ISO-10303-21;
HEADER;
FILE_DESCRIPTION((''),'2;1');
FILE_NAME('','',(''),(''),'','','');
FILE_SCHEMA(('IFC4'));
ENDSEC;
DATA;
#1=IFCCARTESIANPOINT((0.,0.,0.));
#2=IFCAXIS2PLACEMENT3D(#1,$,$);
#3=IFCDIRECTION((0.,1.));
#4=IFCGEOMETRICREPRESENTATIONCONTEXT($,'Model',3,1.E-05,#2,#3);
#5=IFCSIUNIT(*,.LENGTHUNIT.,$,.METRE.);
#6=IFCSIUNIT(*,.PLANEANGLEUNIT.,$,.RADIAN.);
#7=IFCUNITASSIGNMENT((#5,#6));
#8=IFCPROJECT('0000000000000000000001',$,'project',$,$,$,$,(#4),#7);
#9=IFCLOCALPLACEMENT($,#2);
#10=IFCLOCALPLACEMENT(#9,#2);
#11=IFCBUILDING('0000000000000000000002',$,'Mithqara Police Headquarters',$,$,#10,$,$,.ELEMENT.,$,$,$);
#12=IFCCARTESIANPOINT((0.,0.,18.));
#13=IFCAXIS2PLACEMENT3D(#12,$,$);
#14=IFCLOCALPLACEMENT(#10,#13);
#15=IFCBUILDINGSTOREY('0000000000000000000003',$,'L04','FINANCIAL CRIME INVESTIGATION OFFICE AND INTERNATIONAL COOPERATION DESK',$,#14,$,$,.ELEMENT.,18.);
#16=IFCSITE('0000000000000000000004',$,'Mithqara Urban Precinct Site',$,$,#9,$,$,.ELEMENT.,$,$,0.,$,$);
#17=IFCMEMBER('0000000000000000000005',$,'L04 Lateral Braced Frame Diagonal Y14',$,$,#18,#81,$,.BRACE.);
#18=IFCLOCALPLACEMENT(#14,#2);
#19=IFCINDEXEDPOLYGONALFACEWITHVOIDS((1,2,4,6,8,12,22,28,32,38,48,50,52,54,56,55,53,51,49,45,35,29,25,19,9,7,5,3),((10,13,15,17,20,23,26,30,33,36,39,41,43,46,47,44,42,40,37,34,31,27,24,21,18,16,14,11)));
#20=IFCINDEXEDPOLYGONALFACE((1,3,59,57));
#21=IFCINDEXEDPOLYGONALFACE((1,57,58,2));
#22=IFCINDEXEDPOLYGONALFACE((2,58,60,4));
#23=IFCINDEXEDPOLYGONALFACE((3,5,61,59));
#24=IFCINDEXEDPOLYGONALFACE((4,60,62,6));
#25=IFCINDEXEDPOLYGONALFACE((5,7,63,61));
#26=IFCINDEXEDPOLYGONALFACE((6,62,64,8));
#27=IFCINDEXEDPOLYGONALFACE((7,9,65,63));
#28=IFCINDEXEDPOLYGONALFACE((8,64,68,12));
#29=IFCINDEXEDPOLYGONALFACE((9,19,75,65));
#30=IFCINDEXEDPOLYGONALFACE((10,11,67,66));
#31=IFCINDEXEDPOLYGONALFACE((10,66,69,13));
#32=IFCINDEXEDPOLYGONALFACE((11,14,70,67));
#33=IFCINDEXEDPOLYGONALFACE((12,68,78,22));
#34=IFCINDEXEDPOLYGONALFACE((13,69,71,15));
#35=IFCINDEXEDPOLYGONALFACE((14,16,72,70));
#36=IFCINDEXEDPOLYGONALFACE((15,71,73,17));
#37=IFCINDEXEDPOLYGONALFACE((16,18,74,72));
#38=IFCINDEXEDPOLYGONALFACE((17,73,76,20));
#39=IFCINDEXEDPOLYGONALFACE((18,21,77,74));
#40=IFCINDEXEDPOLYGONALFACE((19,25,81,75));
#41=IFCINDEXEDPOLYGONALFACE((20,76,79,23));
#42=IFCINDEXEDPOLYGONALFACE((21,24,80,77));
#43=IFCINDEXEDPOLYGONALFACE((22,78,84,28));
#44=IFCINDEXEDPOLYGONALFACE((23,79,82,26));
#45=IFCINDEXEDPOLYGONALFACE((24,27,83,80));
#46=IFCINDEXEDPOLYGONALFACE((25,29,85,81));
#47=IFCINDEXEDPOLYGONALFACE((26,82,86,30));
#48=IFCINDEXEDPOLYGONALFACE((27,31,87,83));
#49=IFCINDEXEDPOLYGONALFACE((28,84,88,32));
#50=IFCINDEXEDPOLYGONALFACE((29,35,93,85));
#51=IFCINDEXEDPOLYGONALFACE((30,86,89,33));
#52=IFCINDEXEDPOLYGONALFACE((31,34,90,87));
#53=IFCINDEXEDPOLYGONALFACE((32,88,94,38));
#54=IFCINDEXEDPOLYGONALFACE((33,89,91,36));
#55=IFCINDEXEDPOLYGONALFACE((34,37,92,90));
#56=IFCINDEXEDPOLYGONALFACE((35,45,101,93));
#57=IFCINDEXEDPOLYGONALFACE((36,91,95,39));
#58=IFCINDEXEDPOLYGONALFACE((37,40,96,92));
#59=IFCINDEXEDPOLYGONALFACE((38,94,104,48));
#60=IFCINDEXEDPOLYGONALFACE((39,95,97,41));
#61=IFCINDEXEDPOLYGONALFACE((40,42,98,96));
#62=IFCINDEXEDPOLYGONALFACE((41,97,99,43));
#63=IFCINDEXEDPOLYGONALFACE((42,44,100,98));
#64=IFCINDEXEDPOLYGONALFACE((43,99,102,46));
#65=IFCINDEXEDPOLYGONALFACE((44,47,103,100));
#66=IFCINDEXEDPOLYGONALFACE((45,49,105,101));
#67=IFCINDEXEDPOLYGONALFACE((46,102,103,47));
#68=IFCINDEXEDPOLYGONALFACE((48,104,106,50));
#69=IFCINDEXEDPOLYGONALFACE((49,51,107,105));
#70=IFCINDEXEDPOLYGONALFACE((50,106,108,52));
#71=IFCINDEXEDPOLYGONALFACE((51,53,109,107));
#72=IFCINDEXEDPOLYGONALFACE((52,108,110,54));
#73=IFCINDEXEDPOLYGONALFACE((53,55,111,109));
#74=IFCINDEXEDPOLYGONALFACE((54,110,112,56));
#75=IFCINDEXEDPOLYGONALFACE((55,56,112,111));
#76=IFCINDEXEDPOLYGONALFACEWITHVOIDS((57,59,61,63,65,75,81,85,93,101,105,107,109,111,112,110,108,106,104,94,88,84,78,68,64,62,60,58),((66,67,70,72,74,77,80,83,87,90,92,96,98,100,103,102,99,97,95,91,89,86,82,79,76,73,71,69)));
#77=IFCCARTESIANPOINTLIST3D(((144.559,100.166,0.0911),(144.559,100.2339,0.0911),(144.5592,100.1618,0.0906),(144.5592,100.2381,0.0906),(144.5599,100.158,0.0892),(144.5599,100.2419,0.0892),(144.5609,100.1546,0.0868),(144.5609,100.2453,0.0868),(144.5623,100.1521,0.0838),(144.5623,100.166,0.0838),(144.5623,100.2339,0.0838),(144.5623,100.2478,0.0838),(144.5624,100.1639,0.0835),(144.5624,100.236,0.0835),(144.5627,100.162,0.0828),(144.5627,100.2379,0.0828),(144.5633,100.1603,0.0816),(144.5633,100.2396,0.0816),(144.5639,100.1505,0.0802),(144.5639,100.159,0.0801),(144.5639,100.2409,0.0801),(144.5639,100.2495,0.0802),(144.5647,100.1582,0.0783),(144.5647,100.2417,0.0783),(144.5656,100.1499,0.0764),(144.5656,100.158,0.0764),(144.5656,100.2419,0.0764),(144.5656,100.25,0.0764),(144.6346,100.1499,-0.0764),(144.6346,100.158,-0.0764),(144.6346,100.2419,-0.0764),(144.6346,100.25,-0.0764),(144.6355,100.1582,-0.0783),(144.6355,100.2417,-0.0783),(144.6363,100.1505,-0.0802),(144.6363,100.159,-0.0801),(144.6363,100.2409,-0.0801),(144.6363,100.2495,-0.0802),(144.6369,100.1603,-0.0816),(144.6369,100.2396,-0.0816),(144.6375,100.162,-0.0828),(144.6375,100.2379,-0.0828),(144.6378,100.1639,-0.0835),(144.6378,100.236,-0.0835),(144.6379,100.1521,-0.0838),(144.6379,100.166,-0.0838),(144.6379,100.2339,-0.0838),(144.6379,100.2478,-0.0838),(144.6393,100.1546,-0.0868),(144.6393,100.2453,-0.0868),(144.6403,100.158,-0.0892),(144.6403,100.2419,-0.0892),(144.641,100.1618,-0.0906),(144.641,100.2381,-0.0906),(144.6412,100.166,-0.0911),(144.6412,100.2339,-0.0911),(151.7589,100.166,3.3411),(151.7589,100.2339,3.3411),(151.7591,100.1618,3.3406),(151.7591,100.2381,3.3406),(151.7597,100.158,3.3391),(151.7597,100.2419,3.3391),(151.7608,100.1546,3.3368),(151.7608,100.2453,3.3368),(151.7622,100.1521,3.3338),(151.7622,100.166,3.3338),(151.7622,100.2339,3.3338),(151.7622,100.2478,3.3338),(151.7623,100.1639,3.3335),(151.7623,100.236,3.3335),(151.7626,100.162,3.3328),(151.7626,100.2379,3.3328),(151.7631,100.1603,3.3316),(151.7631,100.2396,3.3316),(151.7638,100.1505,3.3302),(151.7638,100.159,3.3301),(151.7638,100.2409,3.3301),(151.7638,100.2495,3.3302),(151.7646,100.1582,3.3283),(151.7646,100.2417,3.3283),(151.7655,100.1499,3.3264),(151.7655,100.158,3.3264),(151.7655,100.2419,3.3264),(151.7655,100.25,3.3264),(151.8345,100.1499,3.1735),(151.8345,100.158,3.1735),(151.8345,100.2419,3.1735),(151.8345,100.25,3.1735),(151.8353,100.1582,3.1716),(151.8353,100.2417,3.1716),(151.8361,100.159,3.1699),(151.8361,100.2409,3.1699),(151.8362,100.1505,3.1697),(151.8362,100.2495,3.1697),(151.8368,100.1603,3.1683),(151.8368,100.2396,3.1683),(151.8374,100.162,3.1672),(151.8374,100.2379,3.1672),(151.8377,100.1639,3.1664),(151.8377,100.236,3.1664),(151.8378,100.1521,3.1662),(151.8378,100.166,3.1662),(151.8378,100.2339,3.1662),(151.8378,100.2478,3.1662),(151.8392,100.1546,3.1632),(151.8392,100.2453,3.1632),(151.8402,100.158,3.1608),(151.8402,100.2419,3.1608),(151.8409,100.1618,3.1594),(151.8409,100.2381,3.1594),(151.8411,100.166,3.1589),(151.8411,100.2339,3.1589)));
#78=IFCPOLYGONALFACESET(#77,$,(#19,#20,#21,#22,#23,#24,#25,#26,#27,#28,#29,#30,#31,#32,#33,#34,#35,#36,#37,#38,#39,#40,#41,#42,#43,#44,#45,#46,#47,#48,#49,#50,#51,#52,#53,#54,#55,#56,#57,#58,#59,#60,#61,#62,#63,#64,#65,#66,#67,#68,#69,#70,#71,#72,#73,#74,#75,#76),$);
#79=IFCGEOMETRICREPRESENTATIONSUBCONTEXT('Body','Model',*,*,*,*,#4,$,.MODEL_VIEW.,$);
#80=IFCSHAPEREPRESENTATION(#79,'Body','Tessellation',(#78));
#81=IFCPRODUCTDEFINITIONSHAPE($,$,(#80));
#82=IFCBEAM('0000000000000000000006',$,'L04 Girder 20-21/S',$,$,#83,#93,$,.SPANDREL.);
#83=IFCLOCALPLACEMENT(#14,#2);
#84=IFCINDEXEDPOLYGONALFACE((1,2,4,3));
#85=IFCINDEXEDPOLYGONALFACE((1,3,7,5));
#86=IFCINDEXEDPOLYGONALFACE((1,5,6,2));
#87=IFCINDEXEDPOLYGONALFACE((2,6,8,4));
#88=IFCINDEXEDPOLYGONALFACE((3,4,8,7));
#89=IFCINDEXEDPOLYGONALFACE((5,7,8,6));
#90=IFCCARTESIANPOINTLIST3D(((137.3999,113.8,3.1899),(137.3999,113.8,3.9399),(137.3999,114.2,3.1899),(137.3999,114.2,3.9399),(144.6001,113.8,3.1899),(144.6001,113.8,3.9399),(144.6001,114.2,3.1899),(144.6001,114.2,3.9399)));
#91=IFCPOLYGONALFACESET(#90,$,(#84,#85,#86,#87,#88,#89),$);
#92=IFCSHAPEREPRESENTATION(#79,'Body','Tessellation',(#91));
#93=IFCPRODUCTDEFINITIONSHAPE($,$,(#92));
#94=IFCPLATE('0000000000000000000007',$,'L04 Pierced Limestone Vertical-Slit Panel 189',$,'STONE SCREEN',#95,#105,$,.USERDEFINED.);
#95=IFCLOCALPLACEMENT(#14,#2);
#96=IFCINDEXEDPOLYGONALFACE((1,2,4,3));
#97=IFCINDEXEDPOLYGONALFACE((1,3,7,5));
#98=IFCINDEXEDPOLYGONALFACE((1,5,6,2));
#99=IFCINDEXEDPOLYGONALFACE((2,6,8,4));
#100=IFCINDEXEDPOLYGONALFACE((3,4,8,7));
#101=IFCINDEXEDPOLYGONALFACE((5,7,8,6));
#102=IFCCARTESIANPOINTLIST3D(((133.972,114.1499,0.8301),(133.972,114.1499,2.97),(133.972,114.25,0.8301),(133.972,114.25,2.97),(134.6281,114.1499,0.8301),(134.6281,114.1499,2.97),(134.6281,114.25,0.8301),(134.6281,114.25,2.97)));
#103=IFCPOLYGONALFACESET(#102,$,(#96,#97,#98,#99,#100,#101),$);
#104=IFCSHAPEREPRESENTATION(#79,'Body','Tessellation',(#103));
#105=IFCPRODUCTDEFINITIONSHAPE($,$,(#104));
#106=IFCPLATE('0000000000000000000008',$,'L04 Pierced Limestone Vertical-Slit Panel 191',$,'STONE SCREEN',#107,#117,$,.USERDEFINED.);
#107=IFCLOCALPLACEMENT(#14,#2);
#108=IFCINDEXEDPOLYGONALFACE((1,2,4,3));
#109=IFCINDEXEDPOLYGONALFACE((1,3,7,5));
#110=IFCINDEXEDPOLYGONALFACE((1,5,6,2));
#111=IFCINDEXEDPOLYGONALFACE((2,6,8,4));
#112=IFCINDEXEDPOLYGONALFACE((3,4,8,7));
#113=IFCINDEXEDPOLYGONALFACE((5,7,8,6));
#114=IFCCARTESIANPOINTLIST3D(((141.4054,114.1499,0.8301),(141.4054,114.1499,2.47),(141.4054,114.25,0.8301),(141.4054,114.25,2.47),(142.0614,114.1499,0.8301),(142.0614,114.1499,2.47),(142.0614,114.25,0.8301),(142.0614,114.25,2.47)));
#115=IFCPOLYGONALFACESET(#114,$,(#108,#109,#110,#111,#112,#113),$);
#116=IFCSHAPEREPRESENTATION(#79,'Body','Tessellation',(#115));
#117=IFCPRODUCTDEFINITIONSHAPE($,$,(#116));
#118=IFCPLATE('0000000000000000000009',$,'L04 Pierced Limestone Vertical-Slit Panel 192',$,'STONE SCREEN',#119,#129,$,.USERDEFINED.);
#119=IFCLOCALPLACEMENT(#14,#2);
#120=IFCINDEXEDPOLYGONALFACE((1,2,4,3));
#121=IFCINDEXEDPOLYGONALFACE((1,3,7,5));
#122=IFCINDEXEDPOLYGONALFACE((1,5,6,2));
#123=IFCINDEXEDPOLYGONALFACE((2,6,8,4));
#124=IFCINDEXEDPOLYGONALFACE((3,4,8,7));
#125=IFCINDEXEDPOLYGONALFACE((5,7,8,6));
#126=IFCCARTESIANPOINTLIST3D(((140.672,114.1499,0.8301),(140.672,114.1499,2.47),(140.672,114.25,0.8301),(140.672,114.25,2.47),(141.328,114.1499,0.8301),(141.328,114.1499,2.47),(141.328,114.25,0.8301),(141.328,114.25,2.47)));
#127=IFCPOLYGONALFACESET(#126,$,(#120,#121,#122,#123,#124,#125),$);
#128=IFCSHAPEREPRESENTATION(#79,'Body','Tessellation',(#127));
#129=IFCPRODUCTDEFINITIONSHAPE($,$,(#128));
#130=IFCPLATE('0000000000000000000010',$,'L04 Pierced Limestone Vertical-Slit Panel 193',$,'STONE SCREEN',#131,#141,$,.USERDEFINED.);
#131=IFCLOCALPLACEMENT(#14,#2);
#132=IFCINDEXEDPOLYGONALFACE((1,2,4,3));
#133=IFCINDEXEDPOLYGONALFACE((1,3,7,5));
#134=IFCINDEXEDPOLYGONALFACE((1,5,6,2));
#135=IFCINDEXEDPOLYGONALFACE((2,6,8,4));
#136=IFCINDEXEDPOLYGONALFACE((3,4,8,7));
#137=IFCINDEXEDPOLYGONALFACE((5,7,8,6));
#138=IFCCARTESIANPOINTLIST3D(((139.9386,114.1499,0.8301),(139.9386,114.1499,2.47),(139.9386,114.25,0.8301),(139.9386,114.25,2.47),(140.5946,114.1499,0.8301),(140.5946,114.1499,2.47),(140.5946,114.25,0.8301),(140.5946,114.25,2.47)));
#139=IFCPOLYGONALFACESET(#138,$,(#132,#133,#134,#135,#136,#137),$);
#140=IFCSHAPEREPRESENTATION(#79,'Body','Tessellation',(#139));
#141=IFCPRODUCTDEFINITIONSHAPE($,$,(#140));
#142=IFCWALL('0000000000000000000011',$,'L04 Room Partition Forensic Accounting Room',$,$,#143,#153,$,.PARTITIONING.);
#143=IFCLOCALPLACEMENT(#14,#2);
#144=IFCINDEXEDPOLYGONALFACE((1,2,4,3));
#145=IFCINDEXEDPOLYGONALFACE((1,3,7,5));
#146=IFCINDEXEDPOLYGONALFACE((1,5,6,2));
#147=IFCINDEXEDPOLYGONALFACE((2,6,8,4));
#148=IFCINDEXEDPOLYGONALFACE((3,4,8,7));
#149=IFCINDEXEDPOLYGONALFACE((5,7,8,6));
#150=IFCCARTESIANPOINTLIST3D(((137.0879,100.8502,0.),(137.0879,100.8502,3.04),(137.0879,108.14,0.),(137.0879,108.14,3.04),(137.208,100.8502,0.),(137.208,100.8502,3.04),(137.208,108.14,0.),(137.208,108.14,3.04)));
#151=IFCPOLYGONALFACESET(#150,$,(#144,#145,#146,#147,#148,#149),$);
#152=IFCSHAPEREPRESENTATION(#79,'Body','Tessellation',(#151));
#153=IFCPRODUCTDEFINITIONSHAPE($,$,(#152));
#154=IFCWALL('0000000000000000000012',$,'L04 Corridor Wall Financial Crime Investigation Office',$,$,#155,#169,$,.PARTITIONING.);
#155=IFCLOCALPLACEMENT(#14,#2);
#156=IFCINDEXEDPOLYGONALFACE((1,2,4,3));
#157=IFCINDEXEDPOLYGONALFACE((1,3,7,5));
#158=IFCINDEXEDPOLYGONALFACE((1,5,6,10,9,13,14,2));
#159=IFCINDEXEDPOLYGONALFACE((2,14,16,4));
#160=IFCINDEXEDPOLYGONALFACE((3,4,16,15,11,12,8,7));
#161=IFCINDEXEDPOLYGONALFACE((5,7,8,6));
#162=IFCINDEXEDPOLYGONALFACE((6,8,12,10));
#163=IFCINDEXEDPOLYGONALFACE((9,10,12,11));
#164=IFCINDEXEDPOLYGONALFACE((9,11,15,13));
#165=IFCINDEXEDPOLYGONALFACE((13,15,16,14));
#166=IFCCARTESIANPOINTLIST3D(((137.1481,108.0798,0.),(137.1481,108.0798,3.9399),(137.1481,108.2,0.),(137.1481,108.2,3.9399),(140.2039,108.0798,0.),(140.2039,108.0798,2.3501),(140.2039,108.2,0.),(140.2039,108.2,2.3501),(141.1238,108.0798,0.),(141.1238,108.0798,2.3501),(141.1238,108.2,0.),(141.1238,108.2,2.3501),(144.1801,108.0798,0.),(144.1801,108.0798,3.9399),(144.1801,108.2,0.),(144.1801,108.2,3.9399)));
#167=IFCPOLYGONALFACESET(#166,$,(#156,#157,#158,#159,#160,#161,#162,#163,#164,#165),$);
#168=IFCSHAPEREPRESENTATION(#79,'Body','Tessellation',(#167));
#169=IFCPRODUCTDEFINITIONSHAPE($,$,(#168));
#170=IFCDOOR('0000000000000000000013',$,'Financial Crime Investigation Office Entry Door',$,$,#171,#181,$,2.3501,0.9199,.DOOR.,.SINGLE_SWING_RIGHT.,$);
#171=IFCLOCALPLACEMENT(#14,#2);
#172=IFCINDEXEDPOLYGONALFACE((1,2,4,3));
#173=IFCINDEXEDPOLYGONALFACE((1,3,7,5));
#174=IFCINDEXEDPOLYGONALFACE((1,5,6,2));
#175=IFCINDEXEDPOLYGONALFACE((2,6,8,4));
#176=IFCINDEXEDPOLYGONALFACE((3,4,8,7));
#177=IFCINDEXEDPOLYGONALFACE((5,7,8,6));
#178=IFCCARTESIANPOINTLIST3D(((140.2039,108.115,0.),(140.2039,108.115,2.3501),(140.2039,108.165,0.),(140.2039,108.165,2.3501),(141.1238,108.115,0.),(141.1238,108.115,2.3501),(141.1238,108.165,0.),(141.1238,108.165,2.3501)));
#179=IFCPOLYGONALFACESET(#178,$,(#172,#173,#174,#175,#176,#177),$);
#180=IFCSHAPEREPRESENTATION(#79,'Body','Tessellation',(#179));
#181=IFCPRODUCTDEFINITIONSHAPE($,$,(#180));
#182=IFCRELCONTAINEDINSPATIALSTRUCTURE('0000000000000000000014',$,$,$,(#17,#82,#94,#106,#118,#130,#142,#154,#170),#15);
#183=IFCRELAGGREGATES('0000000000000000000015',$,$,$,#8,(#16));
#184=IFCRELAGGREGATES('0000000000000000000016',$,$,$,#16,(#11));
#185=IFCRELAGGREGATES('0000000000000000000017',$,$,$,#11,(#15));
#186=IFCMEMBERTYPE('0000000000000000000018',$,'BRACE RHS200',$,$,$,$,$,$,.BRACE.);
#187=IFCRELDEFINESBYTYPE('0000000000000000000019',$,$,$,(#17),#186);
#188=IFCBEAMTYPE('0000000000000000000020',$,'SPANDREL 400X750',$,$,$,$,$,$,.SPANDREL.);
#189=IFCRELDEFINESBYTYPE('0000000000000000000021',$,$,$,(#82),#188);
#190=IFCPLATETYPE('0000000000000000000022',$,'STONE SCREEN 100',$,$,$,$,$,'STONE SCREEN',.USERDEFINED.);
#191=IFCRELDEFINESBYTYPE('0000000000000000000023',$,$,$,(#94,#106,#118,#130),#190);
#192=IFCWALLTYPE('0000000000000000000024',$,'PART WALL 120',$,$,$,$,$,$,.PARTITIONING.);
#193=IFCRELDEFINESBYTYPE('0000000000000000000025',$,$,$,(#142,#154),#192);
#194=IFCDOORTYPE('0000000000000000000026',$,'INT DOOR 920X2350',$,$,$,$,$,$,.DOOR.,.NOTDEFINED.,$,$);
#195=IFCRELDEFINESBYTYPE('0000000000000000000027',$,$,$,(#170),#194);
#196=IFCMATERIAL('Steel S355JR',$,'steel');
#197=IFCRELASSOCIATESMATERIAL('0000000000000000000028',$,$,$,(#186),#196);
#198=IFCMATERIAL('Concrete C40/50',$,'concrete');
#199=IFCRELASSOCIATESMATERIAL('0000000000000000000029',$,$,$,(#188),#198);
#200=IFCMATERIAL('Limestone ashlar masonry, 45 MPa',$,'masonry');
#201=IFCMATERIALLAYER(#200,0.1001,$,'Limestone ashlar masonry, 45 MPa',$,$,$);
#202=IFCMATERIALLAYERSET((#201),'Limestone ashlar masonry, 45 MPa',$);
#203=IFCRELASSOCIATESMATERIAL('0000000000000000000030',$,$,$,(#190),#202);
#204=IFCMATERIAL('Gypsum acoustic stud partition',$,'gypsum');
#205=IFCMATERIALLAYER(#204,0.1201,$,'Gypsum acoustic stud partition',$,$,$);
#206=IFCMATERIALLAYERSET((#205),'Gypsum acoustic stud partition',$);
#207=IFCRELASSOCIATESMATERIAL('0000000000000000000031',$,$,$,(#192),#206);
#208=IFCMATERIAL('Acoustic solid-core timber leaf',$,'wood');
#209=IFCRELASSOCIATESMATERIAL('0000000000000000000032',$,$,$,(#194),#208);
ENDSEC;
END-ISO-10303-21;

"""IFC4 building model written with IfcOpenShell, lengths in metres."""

from ifc_helpers import new_model, si_unit, direction, frame, frame_2d, origin, origin_2d, place, context, subcontext, project, spatial, rectangle, hollow_rectangle, extrude, material, layer, layer_set, material_profile, profile_set, type_object, element, fill, save


model = new_model("IFC4")

# Units and contexts
model_context = context("Model", 3, precision=1e-05, world=origin(), true_north=direction((0.0, 1.0)))
body_context = subcontext(model_context, "Body", "Model", "MODEL_VIEW")
ifc_project = project(units=[si_unit("LENGTHUNIT", "METRE"), si_unit("PLANEANGLEUNIT", "RADIAN")], contexts=[model_context])

# Site, building, storey
site_placement = place(None, origin())
site = spatial("IfcSite", under=ifc_project, at=site_placement, Name="Mithqara Urban Precinct Site", CompositionType="ELEMENT", RefElevation=0.0)
building_placement = place(site_placement, origin())
building = spatial("IfcBuilding", under=site, at=building_placement, Name="Mithqara Police Headquarters", CompositionType="ELEMENT")
storey_placement = place(building_placement, frame((0.0, 0.0, 18.0)))
storey = spatial("IfcBuildingStorey", under=building, at=storey_placement, Name="L04", Description="FINANCIAL CRIME INVESTIGATION OFFICE AND INTERNATIONAL COOPERATION DESK", CompositionType="ELEMENT", Elevation=18.0)

# Shared definitions
ifc_material_1 = material(Name="Steel S355JR", Category="steel")
ifc_material_2 = material(Name="Concrete C40/50", Category="concrete")

# Member
ifc_material_profile_1 = material_profile(ifc_material_1, hollow_rectangle(XDim=0.1001, YDim=0.2, WallThickness=0.0081, InnerFilletRadius=0.0081, OuterFilletRadius=0.0161, at=origin_2d()), Name="RHS 200x100x8.0")
ifc_profile_set_1 = profile_set([ifc_material_profile_1], Name="Steel S355JR")
member_type = type_object("IfcMemberType", Name="BRACE RHS200", PredefinedType="BRACE", material=ifc_profile_set_1)
member_placement = place(storey_placement, frame((144.6001, 100.2, 0.0), z_axis=(0.911446, 0.0, 0.411419), x_axis=(0.0, 1.0, 0.0)))
element("IfcMember", 1, at=member_placement, inside=storey, type_object=member_type, Name="L04 Lateral Braced Frame Diagonal Y14", PredefinedType="BRACE", context=body_context, shape_type="SweptSolid", body=[
    extrude(hollow_rectangle(XDim=0.1001, YDim=0.2, WallThickness=0.0081, InnerFilletRadius=0.0081, OuterFilletRadius=0.0161, at=origin_2d()), origin(), (0.0, 0.0, 1.0), 7.8994),
])

# Beam
ifc_material_profile_2 = material_profile(ifc_material_2, rectangle(XDim=0.3999, YDim=0.75, at=origin_2d()), Name="SPB 400x750")
ifc_profile_set_2 = profile_set([ifc_material_profile_2], Name="Concrete C40/50")
beam_type_1 = type_object("IfcBeamType", Name="SPANDREL 400X750", PredefinedType="SPANDREL", material=ifc_profile_set_2)
beam_1_placement = place(storey_placement, frame((137.3999, 114.0, 3.5649), z_axis=(1.0, 0.0, 0.0), x_axis=(0.0, 1.0, 0.0)))
element("IfcBeam", 2, at=beam_1_placement, inside=storey, type_object=beam_type_1, Name="L04 Girder 20-21/S", PredefinedType="SPANDREL", context=body_context, shape_type="SweptSolid", body=[
    extrude(rectangle(XDim=0.3999, YDim=0.75, at=origin_2d()), origin(), (0.0, 0.0, 1.0), 7.2002),
])

# Plates
ifc_material_3 = material(Name="Limestone ashlar masonry, 45 MPa", Category="masonry")
ifc_layer_1 = layer(ifc_material_3, 0.1001, Name="Limestone ashlar masonry, 45 MPa")
ifc_layer_set_1 = layer_set([ifc_layer_1], Name="Limestone ashlar masonry, 45 MPa")
plate_type = type_object("IfcPlateType", Name="STONE SCREEN 100", ElementType="STONE SCREEN", PredefinedType="USERDEFINED", material=ifc_layer_set_1)
plate_placement = place(storey_placement, frame((134.3, 114.2, 0.8301), z_axis=(0.0, 0.0, 1.0), x_axis=(1.0, 0.0, 0.0)))
element("IfcPlate", 3, at=plate_placement, inside=storey, type_object=plate_type, Name="L04 Pierced Limestone Vertical-Slit Panel 189", ObjectType="STONE SCREEN", PredefinedType="USERDEFINED", context=body_context, shape_type="SweptSolid", body=[
    extrude(rectangle(XDim=0.656, YDim=0.1001, at=origin_2d()), origin(), (0.0, 0.0, 1.0), 2.1399),
])
for number, where, z_axis, x_axis, name in (
    (4, (141.7334, 114.2, 0.8301), (0.0, 0.0, 1.0), (1.0, 0.0, 0.0), "L04 Pierced Limestone Vertical-Slit Panel 191"),
    (5, (141.0, 114.2, 0.8301), (0.0, 0.0, 1.0), (1.0, 0.0, 0.0), "L04 Pierced Limestone Vertical-Slit Panel 192"),
    (6, (140.2666, 114.2, 0.8301), (0.0, 0.0, 1.0), (1.0, 0.0, 0.0), "L04 Pierced Limestone Vertical-Slit Panel 193"),
):
    element("IfcPlate", number, at=place(storey_placement, frame(where, z_axis=z_axis, x_axis=x_axis)), inside=storey, type_object=plate_type, Name=name, ObjectType="STONE SCREEN", PredefinedType="USERDEFINED", context=body_context, shape_type="SweptSolid", body=[
        extrude(rectangle(XDim=0.656, YDim=0.1001, at=origin_2d()), origin(), (0.0, 0.0, 1.0), 1.6399),
    ])

# Wall
ifc_material_4 = material(Name="Gypsum acoustic stud partition", Category="gypsum")
ifc_layer_2 = layer(ifc_material_4, 0.1201, Name="Gypsum acoustic stud partition")
ifc_layer_set_2 = layer_set([ifc_layer_2], Name="Gypsum acoustic stud partition")
wall_type = type_object("IfcWallType", Name="PART WALL 120", PredefinedType="PARTITIONING", material=ifc_layer_set_2)
wall_1_placement = place(storey_placement, frame((137.1479, 100.8501, 0.0), z_axis=(0.0, 0.0, 1.0), x_axis=(0.0, 1.0, 0.0)))
element("IfcWall", 7, at=wall_1_placement, inside=storey, type_object=wall_type, Name="L04 Room Partition Forensic Accounting Room", PredefinedType="PARTITIONING", context=body_context, shape_type="SweptSolid", body=[
    extrude(rectangle(XDim=7.2898, YDim=0.1201, at=frame_2d((3.645, 0.0))), origin(), (0.0, 0.0, 1.0), 3.04),
])

# Wall, opening, door
wall_2_placement = place(storey_placement, frame((137.1479, 108.1399, 0.0), z_axis=(0.0, 0.0, 1.0), x_axis=(1.0, 0.0, 0.0)))
wall_2 = element("IfcWall", 8, at=wall_2_placement, inside=storey, type_object=wall_type, Name="L04 Corridor Wall Financial Crime Investigation Office", PredefinedType="PARTITIONING", context=body_context, shape_type="SweptSolid", body=[
    extrude(rectangle(XDim=7.032, YDim=0.1201, at=frame_2d((3.5161, 0.0))), origin(), (0.0, 0.0, 1.0), 3.9399),
])
opening_1_placement = place(wall_2_placement, frame((3.0559, 0.0, 0.0)))
opening_1 = element("IfcOpeningElement", 9, at=opening_1_placement, cuts=wall_2, PredefinedType="OPENING", context=body_context, shape_type="SweptSolid", body=[
    extrude(rectangle(XDim=0.9199, YDim=2.3501, at=frame_2d((0.46, 1.175))), frame((0.0, 0.0701, 0.0), z_axis=(0.0, -1.0, 0.0), x_axis=(1.0, 0.0, 0.0)), (0.0, 0.0, 1.0), 0.1401),
])
ifc_material_5 = material(Name="Acoustic solid-core timber leaf", Category="wood")
door_type_1 = type_object("IfcDoorType", Name="INT DOOR 920X2350", OperationType="NOTDEFINED", PredefinedType="DOOR", material=ifc_material_5)
door_1_placement = place(opening_1_placement, frame((0.9199, 0.0, 0.0), z_axis=(0.0, 0.0, 1.0), x_axis=(-1.0, 0.0, 0.0)))
door_1 = element("IfcDoor", 10, at=door_1_placement, inside=storey, type_object=door_type_1, Name="Financial Crime Investigation Office Entry Door", OperationType="SINGLE_SWING_RIGHT", OverallHeight=2.3501, OverallWidth=0.9199, PredefinedType="DOOR", context=body_context, shape_type="SweptSolid", body=[
    extrude(rectangle(XDim=0.9199, YDim=2.3501, at=frame_2d((0.46, 1.175))), frame((0.0, 0.0249, 0.0), z_axis=(0.0, -1.0, 0.0), x_axis=(1.0, 0.0, 0.0)), (0.0, 0.0, 1.0), 0.05),
])
fill(opening_1, door_1)

save(model, "model.ifc")
